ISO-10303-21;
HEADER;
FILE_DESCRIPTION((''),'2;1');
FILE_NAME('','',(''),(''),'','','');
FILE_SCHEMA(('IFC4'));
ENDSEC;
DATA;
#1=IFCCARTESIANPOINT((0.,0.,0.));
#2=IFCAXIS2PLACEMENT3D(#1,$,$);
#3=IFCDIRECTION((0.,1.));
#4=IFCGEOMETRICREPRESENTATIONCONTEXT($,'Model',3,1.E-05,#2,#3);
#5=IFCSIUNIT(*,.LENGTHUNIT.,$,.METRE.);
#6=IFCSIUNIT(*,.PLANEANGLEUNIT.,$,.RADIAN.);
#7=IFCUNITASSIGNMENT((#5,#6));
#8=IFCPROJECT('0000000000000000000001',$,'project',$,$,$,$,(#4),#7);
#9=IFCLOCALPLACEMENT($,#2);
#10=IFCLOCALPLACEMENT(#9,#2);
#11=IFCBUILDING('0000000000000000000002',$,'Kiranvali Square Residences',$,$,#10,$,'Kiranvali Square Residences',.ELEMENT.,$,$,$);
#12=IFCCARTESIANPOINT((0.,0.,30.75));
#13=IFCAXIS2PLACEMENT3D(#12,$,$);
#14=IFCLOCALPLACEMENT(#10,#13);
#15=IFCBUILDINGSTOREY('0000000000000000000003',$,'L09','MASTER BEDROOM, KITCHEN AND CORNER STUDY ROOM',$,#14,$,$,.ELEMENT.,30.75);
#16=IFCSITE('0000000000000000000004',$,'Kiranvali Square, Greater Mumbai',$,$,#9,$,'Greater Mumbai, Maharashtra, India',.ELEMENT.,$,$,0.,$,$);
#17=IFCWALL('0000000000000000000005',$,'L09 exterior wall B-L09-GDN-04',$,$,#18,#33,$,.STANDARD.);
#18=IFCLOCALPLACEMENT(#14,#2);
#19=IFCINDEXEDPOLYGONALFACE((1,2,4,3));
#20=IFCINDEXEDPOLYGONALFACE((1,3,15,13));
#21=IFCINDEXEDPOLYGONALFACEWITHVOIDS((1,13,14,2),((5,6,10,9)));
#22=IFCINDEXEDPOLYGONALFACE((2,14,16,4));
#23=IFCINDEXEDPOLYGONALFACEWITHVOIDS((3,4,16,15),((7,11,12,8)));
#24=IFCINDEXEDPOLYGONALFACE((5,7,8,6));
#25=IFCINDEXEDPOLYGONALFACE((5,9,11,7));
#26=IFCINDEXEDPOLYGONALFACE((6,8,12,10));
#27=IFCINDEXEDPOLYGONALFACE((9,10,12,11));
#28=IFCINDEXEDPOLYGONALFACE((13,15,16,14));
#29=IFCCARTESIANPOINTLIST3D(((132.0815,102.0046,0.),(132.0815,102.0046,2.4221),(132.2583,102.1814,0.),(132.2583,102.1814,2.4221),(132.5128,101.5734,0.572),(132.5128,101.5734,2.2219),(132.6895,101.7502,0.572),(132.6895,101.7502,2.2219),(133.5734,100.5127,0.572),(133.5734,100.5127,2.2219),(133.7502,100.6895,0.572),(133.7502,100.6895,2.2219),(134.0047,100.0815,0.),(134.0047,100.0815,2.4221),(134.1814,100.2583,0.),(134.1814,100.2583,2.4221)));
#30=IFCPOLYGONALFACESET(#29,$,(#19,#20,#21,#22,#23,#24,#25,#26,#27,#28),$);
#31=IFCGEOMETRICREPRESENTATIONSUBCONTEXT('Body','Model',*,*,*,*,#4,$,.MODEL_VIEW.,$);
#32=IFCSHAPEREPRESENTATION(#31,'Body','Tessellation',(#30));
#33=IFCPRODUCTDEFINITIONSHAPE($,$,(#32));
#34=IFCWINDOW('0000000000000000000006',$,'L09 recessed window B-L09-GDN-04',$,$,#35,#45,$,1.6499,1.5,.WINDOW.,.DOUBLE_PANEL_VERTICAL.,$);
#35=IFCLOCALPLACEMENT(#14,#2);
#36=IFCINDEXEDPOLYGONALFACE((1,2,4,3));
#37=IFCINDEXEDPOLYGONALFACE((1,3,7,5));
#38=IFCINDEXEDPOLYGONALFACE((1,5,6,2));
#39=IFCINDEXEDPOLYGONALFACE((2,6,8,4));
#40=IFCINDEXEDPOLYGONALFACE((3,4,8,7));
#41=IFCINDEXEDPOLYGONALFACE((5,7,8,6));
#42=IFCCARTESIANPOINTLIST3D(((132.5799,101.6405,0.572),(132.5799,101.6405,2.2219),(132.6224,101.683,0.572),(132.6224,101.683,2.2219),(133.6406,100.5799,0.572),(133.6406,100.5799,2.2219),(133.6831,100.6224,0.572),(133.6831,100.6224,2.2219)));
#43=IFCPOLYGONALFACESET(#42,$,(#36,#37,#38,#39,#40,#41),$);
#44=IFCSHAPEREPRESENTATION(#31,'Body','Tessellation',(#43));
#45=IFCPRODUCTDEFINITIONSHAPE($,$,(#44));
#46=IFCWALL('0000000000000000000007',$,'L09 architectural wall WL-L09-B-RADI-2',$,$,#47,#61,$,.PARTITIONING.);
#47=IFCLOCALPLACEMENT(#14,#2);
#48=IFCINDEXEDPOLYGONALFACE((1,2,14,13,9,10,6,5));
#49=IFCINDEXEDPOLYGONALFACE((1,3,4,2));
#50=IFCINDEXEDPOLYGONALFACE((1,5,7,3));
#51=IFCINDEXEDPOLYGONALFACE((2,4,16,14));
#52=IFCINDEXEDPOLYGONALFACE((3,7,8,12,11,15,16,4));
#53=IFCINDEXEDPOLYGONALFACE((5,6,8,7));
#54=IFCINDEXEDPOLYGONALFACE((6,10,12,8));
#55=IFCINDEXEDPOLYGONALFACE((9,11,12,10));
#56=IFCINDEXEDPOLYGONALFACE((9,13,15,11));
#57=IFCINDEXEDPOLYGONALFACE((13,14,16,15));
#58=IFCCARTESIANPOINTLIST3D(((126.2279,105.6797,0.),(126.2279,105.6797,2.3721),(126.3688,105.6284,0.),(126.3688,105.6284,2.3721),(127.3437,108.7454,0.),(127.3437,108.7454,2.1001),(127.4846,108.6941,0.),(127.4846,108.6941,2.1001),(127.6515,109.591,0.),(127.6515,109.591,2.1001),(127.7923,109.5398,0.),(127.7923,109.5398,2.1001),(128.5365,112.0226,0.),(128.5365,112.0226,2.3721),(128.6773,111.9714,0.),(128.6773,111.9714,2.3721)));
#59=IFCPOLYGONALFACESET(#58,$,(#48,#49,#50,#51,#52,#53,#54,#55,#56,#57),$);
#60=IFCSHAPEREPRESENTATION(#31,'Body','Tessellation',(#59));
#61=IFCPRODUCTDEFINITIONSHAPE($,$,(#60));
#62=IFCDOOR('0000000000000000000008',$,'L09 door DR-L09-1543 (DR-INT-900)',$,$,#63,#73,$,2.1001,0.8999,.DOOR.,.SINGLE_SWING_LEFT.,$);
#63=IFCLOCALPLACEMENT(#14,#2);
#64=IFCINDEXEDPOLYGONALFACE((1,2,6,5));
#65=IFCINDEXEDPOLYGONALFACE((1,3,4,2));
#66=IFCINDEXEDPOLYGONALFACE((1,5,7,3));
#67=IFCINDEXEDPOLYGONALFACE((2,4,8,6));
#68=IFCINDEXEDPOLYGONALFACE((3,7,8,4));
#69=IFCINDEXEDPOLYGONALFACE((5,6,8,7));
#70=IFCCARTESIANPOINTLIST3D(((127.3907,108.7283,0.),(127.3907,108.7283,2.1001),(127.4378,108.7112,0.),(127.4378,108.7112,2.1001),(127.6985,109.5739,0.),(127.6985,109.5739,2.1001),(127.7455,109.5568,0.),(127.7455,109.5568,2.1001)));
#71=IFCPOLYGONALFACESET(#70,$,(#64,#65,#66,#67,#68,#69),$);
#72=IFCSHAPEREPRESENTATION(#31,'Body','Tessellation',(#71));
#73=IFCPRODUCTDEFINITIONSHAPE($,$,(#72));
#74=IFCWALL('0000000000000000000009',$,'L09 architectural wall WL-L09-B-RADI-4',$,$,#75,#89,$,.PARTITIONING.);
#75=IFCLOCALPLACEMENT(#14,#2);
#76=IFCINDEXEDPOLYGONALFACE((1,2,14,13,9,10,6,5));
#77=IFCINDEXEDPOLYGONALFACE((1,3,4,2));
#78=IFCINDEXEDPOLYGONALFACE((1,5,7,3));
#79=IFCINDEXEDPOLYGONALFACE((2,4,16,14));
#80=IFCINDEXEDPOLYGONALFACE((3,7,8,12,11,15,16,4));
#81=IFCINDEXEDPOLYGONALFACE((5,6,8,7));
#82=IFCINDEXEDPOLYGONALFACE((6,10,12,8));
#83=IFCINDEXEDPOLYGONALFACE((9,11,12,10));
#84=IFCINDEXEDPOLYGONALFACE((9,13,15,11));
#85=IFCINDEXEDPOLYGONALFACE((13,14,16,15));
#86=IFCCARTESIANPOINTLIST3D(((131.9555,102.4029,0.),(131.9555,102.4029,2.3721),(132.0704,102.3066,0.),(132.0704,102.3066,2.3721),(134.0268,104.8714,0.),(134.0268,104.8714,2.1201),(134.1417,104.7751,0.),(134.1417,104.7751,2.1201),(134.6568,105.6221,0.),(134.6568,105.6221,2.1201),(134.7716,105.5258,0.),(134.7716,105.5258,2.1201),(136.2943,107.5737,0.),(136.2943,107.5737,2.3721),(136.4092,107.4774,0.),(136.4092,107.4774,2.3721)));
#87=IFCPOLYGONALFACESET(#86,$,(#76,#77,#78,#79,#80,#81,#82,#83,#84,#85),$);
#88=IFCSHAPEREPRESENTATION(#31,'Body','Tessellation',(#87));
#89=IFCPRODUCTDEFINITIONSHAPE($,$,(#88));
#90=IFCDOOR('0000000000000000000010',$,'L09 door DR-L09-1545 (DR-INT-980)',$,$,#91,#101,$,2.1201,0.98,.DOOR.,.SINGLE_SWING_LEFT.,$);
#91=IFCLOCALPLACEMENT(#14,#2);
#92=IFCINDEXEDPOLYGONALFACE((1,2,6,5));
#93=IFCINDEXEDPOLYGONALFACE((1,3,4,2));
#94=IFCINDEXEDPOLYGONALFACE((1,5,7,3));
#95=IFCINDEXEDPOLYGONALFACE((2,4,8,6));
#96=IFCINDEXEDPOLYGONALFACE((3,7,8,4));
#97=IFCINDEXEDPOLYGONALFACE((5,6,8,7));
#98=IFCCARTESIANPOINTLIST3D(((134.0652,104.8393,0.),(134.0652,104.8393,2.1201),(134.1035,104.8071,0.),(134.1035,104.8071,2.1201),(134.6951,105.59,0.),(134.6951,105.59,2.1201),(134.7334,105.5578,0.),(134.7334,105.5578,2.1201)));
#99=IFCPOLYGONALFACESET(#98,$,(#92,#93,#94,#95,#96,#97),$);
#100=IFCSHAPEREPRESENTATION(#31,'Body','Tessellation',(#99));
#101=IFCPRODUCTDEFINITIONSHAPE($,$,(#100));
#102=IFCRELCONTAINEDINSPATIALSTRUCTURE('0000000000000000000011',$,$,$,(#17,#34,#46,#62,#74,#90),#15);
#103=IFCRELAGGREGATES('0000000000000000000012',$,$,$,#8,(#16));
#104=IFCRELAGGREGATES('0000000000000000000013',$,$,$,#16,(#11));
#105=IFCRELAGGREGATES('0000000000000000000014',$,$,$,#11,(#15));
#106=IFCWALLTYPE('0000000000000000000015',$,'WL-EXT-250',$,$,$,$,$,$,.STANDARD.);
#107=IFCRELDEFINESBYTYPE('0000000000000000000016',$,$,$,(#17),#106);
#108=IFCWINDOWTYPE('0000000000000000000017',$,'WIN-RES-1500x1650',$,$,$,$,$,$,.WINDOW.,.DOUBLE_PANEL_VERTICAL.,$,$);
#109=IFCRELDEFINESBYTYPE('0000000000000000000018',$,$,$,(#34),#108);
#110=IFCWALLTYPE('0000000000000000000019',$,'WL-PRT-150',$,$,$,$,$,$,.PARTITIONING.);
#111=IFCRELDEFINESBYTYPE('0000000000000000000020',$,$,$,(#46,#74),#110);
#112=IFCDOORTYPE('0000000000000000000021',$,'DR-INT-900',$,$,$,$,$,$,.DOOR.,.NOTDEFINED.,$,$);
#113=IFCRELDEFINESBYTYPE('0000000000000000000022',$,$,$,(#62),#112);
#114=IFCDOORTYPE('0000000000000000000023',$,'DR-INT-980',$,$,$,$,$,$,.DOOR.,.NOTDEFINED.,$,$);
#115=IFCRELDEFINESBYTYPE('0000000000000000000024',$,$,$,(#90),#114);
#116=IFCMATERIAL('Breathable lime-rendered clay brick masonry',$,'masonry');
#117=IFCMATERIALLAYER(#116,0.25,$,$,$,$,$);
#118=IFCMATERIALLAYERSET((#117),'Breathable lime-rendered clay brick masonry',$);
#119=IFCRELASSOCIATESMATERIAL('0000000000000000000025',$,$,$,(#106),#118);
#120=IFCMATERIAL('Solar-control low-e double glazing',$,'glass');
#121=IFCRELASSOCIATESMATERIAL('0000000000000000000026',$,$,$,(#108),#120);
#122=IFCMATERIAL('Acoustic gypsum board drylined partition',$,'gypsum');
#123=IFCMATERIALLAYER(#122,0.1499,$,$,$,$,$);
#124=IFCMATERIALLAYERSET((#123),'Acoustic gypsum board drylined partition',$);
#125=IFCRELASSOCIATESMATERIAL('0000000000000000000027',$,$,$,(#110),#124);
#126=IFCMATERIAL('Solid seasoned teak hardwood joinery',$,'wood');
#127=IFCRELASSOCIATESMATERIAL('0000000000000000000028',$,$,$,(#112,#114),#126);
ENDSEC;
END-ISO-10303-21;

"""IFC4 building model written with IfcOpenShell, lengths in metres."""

from ifc_helpers import new_model, si_unit, direction, frame, frame_2d, origin, place, context, subcontext, project, spatial, rectangle, extrude, material, layer, layer_set, type_object, element, fill, save


model = new_model("IFC4")

# Units and contexts
model_context = context("Model", 3, precision=1e-05, world=origin(), true_north=direction((0.0, 1.0)))
body_context = subcontext(model_context, "Body", "Model", "MODEL_VIEW")
ifc_project = project(units=[si_unit("LENGTHUNIT", "METRE"), si_unit("PLANEANGLEUNIT", "RADIAN")], contexts=[model_context])

# Site, building, storey
site_placement = place(None, origin())
site = spatial("IfcSite", under=ifc_project, at=site_placement, Name="Kiranvali Square, Greater Mumbai", LongName="Greater Mumbai, Maharashtra, India", CompositionType="ELEMENT", RefElevation=0.0)
building_placement = place(site_placement, origin())
building = spatial("IfcBuilding", under=site, at=building_placement, Name="Kiranvali Square Residences", LongName="Kiranvali Square Residences", CompositionType="ELEMENT")
storey_placement = place(building_placement, frame((0.0, 0.0, 30.75)))
storey = spatial("IfcBuildingStorey", under=building, at=storey_placement, Name="L09", Description="MASTER BEDROOM, KITCHEN AND CORNER STUDY ROOM", CompositionType="ELEMENT", Elevation=30.75)

# Shared definitions
ifc_material_1 = material(Name="Breathable lime-rendered clay brick masonry", Category="masonry")
ifc_layer_1 = layer(ifc_material_1, 0.25)
ifc_layer_set_1 = layer_set([ifc_layer_1], Name="Breathable lime-rendered clay brick masonry")
wall_type_1 = type_object("IfcWallType", Name="WL-EXT-250", PredefinedType="STANDARD", material=ifc_layer_set_1)

# Wall, opening, window
ifc_material_2 = material(Name="Solar-control low-e double glazing", Category="glass")
wall_1_placement = place(storey_placement, frame((132.1699, 102.093, 0.0), z_axis=(0.0, 0.0, 1.0), x_axis=(0.707107, -0.707107, 0.0)))
wall_1 = element("IfcWall", 1, at=wall_1_placement, inside=storey, type_object=wall_type_1, Name="L09 exterior wall B-L09-GDN-04", PredefinedType="STANDARD", context=body_context, shape_type="SweptSolid", body=[
    extrude(rectangle(XDim=2.7197, YDim=0.25, at=frame_2d((1.3599, 0.0))), origin(), (0.0, 0.0, 1.0), 2.4221),
])
opening_1_placement = place(wall_1_placement, frame((0.6099, 0.0, 0.572)))
opening_1 = element("IfcOpeningElement", 2, at=opening_1_placement, cuts=wall_1, PredefinedType="OPENING", context=body_context, shape_type="SweptSolid", body=[
    extrude(rectangle(XDim=1.5, YDim=1.6499, at=frame_2d((0.75, 0.825))), frame((0.0, 0.135, 0.0), z_axis=(0.0, -1.0, 0.0), x_axis=(1.0, 0.0, 0.0)), (0.0, 0.0, 1.0), 0.27),
])
window_type_1 = type_object("IfcWindowType", Name="WIN-RES-1500x1650", PartitioningType="DOUBLE_PANEL_VERTICAL", PredefinedType="WINDOW", material=ifc_material_2)
window_1_placement = place(opening_1_placement, origin())
window_1 = element("IfcWindow", 3, at=window_1_placement, inside=storey, type_object=window_type_1, Name="L09 recessed window B-L09-GDN-04", OverallHeight=1.6499, OverallWidth=1.5, PartitioningType="DOUBLE_PANEL_VERTICAL", PredefinedType="WINDOW", context=body_context, shape_type="SweptSolid", body=[
    extrude(rectangle(XDim=1.5, YDim=1.6499, at=frame_2d((0.75, 0.825))), frame((0.0, 0.03, 0.0), z_axis=(0.0, -1.0, 0.0), x_axis=(1.0, 0.0, 0.0)), (0.0, 0.0, 1.0), 0.0601),
])
fill(opening_1, window_1)

# Walls, openings, doors
ifc_material_3 = material(Name="Acoustic gypsum board drylined partition", Category="gypsum")
ifc_layer_2 = layer(ifc_material_3, 0.1499)
ifc_layer_set_2 = layer_set([ifc_layer_2], Name="Acoustic gypsum board drylined partition")
wall_type_2 = type_object("IfcWallType", Name="WL-PRT-150", PredefinedType="PARTITIONING", material=ifc_layer_set_2)
wall_2_placement = place(storey_placement, frame((126.2983, 105.6541, 0.0), z_axis=(0.0, 0.0, 1.0), x_axis=(0.34201, 0.939696, 0.0)))
wall_2 = element("IfcWall", 4, at=wall_2_placement, inside=storey, type_object=wall_type_2, Name="L09 architectural wall WL-L09-B-RADI-2", PredefinedType="PARTITIONING", context=body_context, shape_type="SweptSolid", body=[
    extrude(rectangle(XDim=6.75, YDim=0.1499, at=frame_2d((3.375, 0.0))), origin(), (0.0, 0.0, 1.0), 2.3721),
])
opening_2_placement = place(wall_2_placement, frame((3.2625, 0.0, 0.0)))
opening_2 = element("IfcOpeningElement", 5, at=opening_2_placement, cuts=wall_2, PredefinedType="OPENING", context=body_context, shape_type="SweptSolid", body=[
    extrude(rectangle(XDim=0.8999, YDim=2.1001, at=frame_2d((0.45, 1.05))), frame((0.0, 0.085, 0.0), z_axis=(0.0, -1.0, 0.0), x_axis=(1.0, 0.0, 0.0)), (0.0, 0.0, 1.0), 0.1699),
])
ifc_material_4 = material(Name="Solid seasoned teak hardwood joinery", Category="wood")
door_type_1 = type_object("IfcDoorType", Name="DR-INT-900", OperationType="NOTDEFINED", PredefinedType="DOOR", material=ifc_material_4)
door_1_placement = place(opening_2_placement, origin())
door_1 = element("IfcDoor", 6, at=door_1_placement, inside=storey, type_object=door_type_1, Name="L09 door DR-L09-1543 (DR-INT-900)", OperationType="SINGLE_SWING_LEFT", OverallHeight=2.1001, OverallWidth=0.8999, PredefinedType="DOOR", context=body_context, shape_type="SweptSolid", body=[
    extrude(rectangle(XDim=0.8999, YDim=2.1001, at=frame_2d((0.45, 1.05))), frame((0.0, 0.0249, 0.0), z_axis=(0.0, -1.0, 0.0), x_axis=(1.0, 0.0, 0.0)), (0.0, 0.0, 1.0), 0.05),
])
fill(opening_2, door_1)
wall_3_placement = place(storey_placement, frame((132.0129, 102.3547, 0.0), z_axis=(0.0, 0.0, 1.0), x_axis=(0.642785, 0.766047, 0.0)))
wall_3 = element("IfcWall", 7, at=wall_3_placement, inside=storey, type_object=wall_type_2, Name="L09 architectural wall WL-L09-B-RADI-4", PredefinedType="PARTITIONING", context=body_context, shape_type="SweptSolid", body=[
    extrude(rectangle(XDim=6.75, YDim=0.1499, at=frame_2d((3.375, 0.0))), origin(), (0.0, 0.0, 1.0), 2.3721),
])
opening_3_placement = place(wall_3_placement, frame((3.2224, 0.0, 0.0)))
opening_3 = element("IfcOpeningElement", 8, at=opening_3_placement, cuts=wall_3, PredefinedType="OPENING", context=body_context, shape_type="SweptSolid", body=[
    extrude(rectangle(XDim=0.98, YDim=2.1201, at=frame_2d((0.49, 1.0601))), frame((0.0, 0.085, 0.0), z_axis=(0.0, -1.0, 0.0), x_axis=(1.0, 0.0, 0.0)), (0.0, 0.0, 1.0), 0.1699),
])
door_type_2 = type_object("IfcDoorType", Name="DR-INT-980", OperationType="NOTDEFINED", PredefinedType="DOOR", material=ifc_material_4)
door_2_placement = place(opening_3_placement, origin())
door_2 = element("IfcDoor", 9, at=door_2_placement, inside=storey, type_object=door_type_2, Name="L09 door DR-L09-1545 (DR-INT-980)", OperationType="SINGLE_SWING_LEFT", OverallHeight=2.1201, OverallWidth=0.98, PredefinedType="DOOR", context=body_context, shape_type="SweptSolid", body=[
    extrude(rectangle(XDim=0.98, YDim=2.1201, at=frame_2d((0.49, 1.0601))), frame((0.0, 0.0249, 0.0), z_axis=(0.0, -1.0, 0.0), x_axis=(1.0, 0.0, 0.0)), (0.0, 0.0, 1.0), 0.05),
])
fill(opening_3, door_2)

save(model, "model.ifc")
